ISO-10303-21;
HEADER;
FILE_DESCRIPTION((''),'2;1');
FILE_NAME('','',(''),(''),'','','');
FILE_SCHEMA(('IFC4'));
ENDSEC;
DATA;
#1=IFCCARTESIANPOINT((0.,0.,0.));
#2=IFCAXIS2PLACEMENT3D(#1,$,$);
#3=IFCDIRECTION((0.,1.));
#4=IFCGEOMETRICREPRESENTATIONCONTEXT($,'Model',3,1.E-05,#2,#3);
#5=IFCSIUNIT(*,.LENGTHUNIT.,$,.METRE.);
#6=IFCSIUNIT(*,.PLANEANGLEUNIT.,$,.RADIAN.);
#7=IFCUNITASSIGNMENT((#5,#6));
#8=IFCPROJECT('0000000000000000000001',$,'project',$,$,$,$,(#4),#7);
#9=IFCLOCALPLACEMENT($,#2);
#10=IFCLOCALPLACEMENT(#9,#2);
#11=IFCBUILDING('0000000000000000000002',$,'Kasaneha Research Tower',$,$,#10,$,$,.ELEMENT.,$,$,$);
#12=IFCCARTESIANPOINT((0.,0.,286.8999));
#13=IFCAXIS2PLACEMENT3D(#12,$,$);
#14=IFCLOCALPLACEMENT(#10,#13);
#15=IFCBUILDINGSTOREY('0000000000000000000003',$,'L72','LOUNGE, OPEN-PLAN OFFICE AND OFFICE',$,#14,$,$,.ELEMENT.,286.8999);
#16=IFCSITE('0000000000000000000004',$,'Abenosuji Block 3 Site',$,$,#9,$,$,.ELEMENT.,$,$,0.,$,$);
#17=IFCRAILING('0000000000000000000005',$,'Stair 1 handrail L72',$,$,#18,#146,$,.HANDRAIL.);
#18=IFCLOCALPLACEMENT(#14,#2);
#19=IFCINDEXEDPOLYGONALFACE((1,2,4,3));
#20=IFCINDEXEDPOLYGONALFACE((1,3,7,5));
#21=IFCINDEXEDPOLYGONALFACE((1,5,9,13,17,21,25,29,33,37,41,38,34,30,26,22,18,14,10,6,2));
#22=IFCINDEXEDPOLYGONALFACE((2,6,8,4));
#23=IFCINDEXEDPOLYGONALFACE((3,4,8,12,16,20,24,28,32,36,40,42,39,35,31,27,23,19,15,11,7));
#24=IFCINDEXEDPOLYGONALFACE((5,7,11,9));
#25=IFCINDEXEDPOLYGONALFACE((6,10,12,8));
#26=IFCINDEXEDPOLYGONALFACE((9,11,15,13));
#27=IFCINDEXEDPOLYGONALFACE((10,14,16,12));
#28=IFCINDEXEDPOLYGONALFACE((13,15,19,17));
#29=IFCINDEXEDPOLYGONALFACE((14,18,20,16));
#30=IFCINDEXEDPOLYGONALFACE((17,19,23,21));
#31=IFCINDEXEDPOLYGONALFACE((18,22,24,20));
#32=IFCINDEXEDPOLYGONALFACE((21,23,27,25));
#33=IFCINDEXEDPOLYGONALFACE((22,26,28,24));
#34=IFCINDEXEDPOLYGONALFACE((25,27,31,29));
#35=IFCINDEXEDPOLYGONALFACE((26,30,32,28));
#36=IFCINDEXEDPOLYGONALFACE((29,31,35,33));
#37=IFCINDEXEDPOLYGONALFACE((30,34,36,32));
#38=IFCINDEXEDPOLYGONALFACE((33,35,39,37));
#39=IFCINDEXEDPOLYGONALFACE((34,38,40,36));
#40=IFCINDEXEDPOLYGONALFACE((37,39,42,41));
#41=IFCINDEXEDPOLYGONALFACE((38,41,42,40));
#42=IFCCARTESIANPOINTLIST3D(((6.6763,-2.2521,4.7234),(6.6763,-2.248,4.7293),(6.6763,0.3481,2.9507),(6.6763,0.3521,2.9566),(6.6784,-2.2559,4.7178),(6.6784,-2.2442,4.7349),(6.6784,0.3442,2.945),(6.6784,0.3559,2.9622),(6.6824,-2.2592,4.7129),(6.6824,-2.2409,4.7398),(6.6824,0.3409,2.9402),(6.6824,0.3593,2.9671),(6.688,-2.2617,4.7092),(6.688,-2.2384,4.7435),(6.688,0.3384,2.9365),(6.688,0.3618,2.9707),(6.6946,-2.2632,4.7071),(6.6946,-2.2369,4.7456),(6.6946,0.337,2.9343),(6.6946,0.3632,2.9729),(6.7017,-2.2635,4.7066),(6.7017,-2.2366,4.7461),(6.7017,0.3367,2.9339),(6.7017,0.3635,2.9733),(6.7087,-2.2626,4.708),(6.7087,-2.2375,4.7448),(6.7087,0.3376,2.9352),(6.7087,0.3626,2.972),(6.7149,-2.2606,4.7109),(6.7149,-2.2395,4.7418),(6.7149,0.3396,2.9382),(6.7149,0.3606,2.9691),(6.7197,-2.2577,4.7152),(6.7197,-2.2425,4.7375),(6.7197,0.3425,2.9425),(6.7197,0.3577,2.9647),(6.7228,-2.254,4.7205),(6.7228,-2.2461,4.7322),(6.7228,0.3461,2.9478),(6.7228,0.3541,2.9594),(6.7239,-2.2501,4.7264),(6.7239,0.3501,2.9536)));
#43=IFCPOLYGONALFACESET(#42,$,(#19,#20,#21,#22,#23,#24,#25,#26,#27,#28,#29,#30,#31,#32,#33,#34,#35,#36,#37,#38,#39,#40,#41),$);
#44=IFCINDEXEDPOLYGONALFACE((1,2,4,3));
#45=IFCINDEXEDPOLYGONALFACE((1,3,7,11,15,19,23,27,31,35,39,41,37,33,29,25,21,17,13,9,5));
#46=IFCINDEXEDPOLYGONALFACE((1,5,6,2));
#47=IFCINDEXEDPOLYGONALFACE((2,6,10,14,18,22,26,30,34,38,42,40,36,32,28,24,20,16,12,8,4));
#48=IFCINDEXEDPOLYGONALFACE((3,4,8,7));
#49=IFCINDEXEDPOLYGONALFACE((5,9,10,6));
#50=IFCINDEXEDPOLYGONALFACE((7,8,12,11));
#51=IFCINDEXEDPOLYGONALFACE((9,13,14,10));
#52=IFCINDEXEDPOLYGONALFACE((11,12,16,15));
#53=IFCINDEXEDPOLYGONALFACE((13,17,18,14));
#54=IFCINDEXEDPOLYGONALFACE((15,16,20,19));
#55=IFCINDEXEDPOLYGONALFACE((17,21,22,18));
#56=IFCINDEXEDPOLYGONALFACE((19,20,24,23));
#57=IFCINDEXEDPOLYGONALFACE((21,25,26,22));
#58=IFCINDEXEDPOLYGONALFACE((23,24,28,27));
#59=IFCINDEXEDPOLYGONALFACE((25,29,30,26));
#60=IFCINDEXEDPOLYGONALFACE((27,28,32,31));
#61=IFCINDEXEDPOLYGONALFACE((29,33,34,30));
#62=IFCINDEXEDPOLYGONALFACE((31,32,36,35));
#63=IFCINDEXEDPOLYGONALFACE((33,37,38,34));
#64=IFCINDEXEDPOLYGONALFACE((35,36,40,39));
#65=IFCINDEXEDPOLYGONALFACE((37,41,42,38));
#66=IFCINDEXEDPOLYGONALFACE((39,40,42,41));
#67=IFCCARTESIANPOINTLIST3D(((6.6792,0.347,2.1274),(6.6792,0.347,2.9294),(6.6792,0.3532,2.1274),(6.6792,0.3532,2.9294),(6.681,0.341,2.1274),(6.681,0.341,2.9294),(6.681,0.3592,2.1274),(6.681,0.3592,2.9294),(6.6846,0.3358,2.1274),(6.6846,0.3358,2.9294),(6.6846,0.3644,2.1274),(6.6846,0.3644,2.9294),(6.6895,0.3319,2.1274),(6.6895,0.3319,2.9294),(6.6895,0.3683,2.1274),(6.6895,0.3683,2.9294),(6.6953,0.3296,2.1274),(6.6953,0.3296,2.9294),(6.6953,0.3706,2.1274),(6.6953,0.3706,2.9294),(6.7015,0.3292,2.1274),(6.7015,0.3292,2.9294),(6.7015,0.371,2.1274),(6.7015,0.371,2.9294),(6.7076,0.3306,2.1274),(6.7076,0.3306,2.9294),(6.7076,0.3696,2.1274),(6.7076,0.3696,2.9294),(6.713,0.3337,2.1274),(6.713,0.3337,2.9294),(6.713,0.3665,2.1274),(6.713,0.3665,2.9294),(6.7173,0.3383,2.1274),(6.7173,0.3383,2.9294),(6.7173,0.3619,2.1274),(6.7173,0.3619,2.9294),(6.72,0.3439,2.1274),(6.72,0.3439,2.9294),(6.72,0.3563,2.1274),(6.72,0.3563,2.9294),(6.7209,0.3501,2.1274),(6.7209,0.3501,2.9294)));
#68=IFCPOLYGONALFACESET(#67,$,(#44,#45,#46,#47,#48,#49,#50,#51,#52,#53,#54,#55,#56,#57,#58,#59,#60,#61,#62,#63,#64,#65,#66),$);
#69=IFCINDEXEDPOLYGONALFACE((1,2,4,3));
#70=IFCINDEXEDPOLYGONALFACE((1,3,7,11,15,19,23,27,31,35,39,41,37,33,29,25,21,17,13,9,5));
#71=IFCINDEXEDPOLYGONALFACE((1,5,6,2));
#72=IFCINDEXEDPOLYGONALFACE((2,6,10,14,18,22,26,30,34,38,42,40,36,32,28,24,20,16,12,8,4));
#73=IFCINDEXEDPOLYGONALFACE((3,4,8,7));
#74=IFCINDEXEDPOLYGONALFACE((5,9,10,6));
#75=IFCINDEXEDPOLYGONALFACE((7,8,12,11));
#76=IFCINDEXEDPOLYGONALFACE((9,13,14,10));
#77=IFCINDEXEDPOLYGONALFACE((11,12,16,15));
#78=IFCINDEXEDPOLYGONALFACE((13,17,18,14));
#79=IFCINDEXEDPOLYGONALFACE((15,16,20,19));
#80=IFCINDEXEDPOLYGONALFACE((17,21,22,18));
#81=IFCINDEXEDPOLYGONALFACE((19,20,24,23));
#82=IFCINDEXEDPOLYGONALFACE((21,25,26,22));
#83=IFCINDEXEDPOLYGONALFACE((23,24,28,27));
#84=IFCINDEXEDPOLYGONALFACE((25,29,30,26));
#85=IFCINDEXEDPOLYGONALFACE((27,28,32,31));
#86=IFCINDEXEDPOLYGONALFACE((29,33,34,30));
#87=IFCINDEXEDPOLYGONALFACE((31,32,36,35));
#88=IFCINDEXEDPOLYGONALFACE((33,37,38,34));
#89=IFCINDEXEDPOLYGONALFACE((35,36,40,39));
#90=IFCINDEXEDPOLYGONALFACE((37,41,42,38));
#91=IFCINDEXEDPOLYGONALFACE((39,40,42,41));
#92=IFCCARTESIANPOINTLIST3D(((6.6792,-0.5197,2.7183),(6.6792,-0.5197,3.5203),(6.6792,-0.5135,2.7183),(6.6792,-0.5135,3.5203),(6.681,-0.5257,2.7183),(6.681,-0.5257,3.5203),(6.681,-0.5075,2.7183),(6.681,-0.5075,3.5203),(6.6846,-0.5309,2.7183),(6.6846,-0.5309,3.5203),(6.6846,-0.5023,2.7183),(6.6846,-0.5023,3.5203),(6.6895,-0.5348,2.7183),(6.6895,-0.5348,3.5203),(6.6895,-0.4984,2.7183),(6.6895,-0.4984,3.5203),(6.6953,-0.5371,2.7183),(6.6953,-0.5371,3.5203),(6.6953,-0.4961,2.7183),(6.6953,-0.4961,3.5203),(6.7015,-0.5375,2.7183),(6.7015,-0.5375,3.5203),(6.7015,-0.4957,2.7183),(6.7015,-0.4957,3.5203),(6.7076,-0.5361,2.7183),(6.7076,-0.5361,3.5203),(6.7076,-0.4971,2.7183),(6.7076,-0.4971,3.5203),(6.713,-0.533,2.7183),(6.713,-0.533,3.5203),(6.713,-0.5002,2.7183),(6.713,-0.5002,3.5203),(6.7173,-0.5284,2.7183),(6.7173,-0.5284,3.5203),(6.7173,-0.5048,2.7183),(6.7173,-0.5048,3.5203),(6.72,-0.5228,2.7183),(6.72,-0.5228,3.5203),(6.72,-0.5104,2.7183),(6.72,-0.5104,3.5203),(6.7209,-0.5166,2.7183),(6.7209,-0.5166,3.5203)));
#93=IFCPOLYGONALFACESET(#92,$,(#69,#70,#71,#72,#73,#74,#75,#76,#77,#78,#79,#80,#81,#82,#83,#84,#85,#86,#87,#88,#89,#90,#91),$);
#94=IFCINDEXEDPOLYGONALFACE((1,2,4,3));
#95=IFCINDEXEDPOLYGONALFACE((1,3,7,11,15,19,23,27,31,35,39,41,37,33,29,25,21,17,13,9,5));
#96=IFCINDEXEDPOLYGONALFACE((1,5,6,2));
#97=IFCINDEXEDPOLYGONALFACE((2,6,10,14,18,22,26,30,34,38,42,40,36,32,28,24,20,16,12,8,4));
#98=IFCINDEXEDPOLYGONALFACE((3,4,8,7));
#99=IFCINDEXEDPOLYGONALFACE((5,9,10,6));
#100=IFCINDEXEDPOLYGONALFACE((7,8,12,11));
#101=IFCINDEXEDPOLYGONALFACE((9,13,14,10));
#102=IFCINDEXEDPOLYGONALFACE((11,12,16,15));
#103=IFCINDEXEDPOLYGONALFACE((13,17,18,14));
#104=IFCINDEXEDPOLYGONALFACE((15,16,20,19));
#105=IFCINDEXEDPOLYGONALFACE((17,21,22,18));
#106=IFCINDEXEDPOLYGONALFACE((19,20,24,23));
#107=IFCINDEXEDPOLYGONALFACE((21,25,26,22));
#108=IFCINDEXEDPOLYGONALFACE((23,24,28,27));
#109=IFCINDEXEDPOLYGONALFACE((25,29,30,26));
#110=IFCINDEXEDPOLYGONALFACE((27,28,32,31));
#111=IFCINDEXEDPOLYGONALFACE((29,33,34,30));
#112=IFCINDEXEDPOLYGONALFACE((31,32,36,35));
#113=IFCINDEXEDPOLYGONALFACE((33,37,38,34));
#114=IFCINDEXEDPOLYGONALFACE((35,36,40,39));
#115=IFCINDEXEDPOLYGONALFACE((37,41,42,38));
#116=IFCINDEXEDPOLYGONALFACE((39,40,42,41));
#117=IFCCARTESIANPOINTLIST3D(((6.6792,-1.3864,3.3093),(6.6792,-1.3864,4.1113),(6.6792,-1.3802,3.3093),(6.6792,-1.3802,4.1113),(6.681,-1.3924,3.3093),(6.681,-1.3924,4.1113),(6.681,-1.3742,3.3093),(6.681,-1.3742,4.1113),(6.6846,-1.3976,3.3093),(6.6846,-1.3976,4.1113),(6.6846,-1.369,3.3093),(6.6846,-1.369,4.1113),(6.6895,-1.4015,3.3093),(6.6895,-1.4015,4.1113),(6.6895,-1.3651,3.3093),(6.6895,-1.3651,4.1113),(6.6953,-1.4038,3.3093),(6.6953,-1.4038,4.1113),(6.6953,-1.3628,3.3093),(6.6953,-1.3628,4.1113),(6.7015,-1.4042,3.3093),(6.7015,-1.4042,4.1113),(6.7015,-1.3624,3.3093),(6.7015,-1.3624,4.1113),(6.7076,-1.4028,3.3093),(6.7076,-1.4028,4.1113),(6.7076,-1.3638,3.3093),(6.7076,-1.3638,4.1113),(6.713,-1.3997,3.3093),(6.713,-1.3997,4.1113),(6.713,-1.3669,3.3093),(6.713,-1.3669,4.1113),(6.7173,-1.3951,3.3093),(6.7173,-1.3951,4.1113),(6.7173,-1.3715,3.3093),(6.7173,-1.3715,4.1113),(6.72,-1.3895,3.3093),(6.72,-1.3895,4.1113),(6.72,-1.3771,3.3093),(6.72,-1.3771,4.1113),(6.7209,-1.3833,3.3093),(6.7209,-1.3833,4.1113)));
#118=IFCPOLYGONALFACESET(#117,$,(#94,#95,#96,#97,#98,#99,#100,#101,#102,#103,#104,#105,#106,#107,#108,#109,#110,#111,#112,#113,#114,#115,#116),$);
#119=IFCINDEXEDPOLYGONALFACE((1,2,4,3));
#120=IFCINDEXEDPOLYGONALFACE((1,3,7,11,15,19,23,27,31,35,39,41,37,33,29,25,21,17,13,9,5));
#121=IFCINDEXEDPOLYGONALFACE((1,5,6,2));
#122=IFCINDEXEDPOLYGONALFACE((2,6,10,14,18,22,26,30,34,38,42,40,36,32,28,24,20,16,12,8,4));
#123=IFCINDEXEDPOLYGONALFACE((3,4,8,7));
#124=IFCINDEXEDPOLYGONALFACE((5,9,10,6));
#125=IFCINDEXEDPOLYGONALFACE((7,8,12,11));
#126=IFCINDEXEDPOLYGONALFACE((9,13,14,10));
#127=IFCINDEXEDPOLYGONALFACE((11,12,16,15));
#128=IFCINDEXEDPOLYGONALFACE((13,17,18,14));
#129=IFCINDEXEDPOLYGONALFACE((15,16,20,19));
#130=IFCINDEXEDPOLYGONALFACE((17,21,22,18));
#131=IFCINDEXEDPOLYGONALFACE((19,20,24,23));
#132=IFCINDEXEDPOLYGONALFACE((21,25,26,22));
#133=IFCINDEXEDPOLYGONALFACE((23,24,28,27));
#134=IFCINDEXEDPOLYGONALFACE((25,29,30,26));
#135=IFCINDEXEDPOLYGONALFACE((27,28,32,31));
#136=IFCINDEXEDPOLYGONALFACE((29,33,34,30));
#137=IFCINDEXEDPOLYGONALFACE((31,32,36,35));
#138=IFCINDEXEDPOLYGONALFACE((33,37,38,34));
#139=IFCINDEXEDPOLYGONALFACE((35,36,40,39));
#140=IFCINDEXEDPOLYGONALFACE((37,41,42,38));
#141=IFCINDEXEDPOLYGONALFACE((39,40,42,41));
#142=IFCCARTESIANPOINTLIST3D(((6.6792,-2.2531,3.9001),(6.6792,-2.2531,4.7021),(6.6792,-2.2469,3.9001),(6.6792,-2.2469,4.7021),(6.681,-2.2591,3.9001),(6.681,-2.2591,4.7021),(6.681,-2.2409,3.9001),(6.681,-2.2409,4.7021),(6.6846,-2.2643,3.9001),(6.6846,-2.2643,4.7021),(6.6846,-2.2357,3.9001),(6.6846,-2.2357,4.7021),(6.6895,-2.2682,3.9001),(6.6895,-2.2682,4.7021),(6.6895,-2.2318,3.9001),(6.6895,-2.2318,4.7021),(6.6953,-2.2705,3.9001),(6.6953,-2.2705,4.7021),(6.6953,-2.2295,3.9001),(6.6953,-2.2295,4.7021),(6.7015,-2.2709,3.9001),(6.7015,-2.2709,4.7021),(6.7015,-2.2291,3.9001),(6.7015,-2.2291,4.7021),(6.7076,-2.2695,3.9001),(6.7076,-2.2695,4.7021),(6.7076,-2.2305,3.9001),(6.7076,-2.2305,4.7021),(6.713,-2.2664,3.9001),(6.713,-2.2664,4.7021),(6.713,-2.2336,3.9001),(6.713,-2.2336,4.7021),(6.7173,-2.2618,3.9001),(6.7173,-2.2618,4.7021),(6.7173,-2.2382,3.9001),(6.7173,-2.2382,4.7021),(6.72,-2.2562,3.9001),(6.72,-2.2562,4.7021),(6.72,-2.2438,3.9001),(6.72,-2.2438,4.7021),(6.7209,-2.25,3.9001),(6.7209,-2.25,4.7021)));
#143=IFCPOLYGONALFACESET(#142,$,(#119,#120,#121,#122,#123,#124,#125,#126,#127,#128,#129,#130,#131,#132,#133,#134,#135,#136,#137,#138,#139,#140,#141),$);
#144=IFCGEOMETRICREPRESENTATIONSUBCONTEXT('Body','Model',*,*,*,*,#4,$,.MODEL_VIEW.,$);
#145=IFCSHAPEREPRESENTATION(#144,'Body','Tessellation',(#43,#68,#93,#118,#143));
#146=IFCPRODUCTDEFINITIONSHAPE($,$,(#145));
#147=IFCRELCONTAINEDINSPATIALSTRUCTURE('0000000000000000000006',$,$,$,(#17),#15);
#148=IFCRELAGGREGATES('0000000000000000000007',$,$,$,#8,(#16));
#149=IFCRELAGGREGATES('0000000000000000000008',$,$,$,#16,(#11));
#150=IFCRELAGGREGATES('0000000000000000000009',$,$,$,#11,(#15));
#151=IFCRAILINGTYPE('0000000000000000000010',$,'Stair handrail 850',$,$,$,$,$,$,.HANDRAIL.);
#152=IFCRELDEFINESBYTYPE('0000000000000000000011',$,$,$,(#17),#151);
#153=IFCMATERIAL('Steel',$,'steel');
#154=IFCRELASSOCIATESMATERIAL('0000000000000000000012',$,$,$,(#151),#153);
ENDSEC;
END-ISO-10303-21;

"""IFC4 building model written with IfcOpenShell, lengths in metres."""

from ifc_helpers import new_model, si_unit, direction, frame, origin, origin_2d, place, context, subcontext, project, spatial, circle, extrude, material, type_object, element, save


model = new_model("IFC4")

# Units and contexts
model_context = context("Model", 3, precision=1e-05, world=origin(), true_north=direction((0.0, 1.0)))
body_context = subcontext(model_context, "Body", "Model", "MODEL_VIEW")
ifc_project = project(units=[si_unit("LENGTHUNIT", "METRE"), si_unit("PLANEANGLEUNIT", "RADIAN")], contexts=[model_context])

# Site, building, storey
site_placement = place(None, origin())
site = spatial("IfcSite", under=ifc_project, at=site_placement, Name="Abenosuji Block 3 Site", CompositionType="ELEMENT", RefElevation=0.0)
building_placement = place(site_placement, origin())
building = spatial("IfcBuilding", under=site, at=building_placement, Name="Kasaneha Research Tower", CompositionType="ELEMENT")
storey_placement = place(building_placement, frame((0.0, 0.0, 286.8999)))
storey = spatial("IfcBuildingStorey", under=building, at=storey_placement, Name="L72", Description="LOUNGE, OPEN-PLAN OFFICE AND OFFICE", CompositionType="ELEMENT", Elevation=286.8999)

# Railing
ifc_material_1 = material(Name="Steel", Category="steel")
railing_type_1 = type_object("IfcRailingType", Name="Stair handrail 850", PredefinedType="HANDRAIL", material=ifc_material_1)
railing_1_placement = place(storey_placement, frame((6.7, 0.3501, 2.1274)))
element("IfcRailing", 1, at=railing_1_placement, inside=storey, type_object=railing_type_1, Name="Stair 1 handrail L72", PredefinedType="HANDRAIL", context=body_context, shape_type="SweptSolid", body=[
    extrude(circle(Radius=0.0239, at=origin_2d()), frame((0.0, 0.0, 0.8262), z_axis=(0.0, -0.82624, 0.563318), x_axis=(1.0, 0.0, 0.0)), (0.0, 0.0, 1.0), 3.147),
    extrude(circle(Radius=0.021, at=origin_2d()), origin(), (0.0, 0.0, 1.0), 0.802),
    extrude(circle(Radius=0.021, at=origin_2d()), frame((0.0, -0.8667, 0.5908)), (0.0, 0.0, 1.0), 0.802),
    extrude(circle(Radius=0.021, at=origin_2d()), frame((0.0, -1.7334, 1.1819)), (0.0, 0.0, 1.0), 0.802),
    extrude(circle(Radius=0.021, at=origin_2d()), frame((0.0, -2.6001, 1.7727)), (0.0, 0.0, 1.0), 0.802),
])

save(model, "model.ifc")
